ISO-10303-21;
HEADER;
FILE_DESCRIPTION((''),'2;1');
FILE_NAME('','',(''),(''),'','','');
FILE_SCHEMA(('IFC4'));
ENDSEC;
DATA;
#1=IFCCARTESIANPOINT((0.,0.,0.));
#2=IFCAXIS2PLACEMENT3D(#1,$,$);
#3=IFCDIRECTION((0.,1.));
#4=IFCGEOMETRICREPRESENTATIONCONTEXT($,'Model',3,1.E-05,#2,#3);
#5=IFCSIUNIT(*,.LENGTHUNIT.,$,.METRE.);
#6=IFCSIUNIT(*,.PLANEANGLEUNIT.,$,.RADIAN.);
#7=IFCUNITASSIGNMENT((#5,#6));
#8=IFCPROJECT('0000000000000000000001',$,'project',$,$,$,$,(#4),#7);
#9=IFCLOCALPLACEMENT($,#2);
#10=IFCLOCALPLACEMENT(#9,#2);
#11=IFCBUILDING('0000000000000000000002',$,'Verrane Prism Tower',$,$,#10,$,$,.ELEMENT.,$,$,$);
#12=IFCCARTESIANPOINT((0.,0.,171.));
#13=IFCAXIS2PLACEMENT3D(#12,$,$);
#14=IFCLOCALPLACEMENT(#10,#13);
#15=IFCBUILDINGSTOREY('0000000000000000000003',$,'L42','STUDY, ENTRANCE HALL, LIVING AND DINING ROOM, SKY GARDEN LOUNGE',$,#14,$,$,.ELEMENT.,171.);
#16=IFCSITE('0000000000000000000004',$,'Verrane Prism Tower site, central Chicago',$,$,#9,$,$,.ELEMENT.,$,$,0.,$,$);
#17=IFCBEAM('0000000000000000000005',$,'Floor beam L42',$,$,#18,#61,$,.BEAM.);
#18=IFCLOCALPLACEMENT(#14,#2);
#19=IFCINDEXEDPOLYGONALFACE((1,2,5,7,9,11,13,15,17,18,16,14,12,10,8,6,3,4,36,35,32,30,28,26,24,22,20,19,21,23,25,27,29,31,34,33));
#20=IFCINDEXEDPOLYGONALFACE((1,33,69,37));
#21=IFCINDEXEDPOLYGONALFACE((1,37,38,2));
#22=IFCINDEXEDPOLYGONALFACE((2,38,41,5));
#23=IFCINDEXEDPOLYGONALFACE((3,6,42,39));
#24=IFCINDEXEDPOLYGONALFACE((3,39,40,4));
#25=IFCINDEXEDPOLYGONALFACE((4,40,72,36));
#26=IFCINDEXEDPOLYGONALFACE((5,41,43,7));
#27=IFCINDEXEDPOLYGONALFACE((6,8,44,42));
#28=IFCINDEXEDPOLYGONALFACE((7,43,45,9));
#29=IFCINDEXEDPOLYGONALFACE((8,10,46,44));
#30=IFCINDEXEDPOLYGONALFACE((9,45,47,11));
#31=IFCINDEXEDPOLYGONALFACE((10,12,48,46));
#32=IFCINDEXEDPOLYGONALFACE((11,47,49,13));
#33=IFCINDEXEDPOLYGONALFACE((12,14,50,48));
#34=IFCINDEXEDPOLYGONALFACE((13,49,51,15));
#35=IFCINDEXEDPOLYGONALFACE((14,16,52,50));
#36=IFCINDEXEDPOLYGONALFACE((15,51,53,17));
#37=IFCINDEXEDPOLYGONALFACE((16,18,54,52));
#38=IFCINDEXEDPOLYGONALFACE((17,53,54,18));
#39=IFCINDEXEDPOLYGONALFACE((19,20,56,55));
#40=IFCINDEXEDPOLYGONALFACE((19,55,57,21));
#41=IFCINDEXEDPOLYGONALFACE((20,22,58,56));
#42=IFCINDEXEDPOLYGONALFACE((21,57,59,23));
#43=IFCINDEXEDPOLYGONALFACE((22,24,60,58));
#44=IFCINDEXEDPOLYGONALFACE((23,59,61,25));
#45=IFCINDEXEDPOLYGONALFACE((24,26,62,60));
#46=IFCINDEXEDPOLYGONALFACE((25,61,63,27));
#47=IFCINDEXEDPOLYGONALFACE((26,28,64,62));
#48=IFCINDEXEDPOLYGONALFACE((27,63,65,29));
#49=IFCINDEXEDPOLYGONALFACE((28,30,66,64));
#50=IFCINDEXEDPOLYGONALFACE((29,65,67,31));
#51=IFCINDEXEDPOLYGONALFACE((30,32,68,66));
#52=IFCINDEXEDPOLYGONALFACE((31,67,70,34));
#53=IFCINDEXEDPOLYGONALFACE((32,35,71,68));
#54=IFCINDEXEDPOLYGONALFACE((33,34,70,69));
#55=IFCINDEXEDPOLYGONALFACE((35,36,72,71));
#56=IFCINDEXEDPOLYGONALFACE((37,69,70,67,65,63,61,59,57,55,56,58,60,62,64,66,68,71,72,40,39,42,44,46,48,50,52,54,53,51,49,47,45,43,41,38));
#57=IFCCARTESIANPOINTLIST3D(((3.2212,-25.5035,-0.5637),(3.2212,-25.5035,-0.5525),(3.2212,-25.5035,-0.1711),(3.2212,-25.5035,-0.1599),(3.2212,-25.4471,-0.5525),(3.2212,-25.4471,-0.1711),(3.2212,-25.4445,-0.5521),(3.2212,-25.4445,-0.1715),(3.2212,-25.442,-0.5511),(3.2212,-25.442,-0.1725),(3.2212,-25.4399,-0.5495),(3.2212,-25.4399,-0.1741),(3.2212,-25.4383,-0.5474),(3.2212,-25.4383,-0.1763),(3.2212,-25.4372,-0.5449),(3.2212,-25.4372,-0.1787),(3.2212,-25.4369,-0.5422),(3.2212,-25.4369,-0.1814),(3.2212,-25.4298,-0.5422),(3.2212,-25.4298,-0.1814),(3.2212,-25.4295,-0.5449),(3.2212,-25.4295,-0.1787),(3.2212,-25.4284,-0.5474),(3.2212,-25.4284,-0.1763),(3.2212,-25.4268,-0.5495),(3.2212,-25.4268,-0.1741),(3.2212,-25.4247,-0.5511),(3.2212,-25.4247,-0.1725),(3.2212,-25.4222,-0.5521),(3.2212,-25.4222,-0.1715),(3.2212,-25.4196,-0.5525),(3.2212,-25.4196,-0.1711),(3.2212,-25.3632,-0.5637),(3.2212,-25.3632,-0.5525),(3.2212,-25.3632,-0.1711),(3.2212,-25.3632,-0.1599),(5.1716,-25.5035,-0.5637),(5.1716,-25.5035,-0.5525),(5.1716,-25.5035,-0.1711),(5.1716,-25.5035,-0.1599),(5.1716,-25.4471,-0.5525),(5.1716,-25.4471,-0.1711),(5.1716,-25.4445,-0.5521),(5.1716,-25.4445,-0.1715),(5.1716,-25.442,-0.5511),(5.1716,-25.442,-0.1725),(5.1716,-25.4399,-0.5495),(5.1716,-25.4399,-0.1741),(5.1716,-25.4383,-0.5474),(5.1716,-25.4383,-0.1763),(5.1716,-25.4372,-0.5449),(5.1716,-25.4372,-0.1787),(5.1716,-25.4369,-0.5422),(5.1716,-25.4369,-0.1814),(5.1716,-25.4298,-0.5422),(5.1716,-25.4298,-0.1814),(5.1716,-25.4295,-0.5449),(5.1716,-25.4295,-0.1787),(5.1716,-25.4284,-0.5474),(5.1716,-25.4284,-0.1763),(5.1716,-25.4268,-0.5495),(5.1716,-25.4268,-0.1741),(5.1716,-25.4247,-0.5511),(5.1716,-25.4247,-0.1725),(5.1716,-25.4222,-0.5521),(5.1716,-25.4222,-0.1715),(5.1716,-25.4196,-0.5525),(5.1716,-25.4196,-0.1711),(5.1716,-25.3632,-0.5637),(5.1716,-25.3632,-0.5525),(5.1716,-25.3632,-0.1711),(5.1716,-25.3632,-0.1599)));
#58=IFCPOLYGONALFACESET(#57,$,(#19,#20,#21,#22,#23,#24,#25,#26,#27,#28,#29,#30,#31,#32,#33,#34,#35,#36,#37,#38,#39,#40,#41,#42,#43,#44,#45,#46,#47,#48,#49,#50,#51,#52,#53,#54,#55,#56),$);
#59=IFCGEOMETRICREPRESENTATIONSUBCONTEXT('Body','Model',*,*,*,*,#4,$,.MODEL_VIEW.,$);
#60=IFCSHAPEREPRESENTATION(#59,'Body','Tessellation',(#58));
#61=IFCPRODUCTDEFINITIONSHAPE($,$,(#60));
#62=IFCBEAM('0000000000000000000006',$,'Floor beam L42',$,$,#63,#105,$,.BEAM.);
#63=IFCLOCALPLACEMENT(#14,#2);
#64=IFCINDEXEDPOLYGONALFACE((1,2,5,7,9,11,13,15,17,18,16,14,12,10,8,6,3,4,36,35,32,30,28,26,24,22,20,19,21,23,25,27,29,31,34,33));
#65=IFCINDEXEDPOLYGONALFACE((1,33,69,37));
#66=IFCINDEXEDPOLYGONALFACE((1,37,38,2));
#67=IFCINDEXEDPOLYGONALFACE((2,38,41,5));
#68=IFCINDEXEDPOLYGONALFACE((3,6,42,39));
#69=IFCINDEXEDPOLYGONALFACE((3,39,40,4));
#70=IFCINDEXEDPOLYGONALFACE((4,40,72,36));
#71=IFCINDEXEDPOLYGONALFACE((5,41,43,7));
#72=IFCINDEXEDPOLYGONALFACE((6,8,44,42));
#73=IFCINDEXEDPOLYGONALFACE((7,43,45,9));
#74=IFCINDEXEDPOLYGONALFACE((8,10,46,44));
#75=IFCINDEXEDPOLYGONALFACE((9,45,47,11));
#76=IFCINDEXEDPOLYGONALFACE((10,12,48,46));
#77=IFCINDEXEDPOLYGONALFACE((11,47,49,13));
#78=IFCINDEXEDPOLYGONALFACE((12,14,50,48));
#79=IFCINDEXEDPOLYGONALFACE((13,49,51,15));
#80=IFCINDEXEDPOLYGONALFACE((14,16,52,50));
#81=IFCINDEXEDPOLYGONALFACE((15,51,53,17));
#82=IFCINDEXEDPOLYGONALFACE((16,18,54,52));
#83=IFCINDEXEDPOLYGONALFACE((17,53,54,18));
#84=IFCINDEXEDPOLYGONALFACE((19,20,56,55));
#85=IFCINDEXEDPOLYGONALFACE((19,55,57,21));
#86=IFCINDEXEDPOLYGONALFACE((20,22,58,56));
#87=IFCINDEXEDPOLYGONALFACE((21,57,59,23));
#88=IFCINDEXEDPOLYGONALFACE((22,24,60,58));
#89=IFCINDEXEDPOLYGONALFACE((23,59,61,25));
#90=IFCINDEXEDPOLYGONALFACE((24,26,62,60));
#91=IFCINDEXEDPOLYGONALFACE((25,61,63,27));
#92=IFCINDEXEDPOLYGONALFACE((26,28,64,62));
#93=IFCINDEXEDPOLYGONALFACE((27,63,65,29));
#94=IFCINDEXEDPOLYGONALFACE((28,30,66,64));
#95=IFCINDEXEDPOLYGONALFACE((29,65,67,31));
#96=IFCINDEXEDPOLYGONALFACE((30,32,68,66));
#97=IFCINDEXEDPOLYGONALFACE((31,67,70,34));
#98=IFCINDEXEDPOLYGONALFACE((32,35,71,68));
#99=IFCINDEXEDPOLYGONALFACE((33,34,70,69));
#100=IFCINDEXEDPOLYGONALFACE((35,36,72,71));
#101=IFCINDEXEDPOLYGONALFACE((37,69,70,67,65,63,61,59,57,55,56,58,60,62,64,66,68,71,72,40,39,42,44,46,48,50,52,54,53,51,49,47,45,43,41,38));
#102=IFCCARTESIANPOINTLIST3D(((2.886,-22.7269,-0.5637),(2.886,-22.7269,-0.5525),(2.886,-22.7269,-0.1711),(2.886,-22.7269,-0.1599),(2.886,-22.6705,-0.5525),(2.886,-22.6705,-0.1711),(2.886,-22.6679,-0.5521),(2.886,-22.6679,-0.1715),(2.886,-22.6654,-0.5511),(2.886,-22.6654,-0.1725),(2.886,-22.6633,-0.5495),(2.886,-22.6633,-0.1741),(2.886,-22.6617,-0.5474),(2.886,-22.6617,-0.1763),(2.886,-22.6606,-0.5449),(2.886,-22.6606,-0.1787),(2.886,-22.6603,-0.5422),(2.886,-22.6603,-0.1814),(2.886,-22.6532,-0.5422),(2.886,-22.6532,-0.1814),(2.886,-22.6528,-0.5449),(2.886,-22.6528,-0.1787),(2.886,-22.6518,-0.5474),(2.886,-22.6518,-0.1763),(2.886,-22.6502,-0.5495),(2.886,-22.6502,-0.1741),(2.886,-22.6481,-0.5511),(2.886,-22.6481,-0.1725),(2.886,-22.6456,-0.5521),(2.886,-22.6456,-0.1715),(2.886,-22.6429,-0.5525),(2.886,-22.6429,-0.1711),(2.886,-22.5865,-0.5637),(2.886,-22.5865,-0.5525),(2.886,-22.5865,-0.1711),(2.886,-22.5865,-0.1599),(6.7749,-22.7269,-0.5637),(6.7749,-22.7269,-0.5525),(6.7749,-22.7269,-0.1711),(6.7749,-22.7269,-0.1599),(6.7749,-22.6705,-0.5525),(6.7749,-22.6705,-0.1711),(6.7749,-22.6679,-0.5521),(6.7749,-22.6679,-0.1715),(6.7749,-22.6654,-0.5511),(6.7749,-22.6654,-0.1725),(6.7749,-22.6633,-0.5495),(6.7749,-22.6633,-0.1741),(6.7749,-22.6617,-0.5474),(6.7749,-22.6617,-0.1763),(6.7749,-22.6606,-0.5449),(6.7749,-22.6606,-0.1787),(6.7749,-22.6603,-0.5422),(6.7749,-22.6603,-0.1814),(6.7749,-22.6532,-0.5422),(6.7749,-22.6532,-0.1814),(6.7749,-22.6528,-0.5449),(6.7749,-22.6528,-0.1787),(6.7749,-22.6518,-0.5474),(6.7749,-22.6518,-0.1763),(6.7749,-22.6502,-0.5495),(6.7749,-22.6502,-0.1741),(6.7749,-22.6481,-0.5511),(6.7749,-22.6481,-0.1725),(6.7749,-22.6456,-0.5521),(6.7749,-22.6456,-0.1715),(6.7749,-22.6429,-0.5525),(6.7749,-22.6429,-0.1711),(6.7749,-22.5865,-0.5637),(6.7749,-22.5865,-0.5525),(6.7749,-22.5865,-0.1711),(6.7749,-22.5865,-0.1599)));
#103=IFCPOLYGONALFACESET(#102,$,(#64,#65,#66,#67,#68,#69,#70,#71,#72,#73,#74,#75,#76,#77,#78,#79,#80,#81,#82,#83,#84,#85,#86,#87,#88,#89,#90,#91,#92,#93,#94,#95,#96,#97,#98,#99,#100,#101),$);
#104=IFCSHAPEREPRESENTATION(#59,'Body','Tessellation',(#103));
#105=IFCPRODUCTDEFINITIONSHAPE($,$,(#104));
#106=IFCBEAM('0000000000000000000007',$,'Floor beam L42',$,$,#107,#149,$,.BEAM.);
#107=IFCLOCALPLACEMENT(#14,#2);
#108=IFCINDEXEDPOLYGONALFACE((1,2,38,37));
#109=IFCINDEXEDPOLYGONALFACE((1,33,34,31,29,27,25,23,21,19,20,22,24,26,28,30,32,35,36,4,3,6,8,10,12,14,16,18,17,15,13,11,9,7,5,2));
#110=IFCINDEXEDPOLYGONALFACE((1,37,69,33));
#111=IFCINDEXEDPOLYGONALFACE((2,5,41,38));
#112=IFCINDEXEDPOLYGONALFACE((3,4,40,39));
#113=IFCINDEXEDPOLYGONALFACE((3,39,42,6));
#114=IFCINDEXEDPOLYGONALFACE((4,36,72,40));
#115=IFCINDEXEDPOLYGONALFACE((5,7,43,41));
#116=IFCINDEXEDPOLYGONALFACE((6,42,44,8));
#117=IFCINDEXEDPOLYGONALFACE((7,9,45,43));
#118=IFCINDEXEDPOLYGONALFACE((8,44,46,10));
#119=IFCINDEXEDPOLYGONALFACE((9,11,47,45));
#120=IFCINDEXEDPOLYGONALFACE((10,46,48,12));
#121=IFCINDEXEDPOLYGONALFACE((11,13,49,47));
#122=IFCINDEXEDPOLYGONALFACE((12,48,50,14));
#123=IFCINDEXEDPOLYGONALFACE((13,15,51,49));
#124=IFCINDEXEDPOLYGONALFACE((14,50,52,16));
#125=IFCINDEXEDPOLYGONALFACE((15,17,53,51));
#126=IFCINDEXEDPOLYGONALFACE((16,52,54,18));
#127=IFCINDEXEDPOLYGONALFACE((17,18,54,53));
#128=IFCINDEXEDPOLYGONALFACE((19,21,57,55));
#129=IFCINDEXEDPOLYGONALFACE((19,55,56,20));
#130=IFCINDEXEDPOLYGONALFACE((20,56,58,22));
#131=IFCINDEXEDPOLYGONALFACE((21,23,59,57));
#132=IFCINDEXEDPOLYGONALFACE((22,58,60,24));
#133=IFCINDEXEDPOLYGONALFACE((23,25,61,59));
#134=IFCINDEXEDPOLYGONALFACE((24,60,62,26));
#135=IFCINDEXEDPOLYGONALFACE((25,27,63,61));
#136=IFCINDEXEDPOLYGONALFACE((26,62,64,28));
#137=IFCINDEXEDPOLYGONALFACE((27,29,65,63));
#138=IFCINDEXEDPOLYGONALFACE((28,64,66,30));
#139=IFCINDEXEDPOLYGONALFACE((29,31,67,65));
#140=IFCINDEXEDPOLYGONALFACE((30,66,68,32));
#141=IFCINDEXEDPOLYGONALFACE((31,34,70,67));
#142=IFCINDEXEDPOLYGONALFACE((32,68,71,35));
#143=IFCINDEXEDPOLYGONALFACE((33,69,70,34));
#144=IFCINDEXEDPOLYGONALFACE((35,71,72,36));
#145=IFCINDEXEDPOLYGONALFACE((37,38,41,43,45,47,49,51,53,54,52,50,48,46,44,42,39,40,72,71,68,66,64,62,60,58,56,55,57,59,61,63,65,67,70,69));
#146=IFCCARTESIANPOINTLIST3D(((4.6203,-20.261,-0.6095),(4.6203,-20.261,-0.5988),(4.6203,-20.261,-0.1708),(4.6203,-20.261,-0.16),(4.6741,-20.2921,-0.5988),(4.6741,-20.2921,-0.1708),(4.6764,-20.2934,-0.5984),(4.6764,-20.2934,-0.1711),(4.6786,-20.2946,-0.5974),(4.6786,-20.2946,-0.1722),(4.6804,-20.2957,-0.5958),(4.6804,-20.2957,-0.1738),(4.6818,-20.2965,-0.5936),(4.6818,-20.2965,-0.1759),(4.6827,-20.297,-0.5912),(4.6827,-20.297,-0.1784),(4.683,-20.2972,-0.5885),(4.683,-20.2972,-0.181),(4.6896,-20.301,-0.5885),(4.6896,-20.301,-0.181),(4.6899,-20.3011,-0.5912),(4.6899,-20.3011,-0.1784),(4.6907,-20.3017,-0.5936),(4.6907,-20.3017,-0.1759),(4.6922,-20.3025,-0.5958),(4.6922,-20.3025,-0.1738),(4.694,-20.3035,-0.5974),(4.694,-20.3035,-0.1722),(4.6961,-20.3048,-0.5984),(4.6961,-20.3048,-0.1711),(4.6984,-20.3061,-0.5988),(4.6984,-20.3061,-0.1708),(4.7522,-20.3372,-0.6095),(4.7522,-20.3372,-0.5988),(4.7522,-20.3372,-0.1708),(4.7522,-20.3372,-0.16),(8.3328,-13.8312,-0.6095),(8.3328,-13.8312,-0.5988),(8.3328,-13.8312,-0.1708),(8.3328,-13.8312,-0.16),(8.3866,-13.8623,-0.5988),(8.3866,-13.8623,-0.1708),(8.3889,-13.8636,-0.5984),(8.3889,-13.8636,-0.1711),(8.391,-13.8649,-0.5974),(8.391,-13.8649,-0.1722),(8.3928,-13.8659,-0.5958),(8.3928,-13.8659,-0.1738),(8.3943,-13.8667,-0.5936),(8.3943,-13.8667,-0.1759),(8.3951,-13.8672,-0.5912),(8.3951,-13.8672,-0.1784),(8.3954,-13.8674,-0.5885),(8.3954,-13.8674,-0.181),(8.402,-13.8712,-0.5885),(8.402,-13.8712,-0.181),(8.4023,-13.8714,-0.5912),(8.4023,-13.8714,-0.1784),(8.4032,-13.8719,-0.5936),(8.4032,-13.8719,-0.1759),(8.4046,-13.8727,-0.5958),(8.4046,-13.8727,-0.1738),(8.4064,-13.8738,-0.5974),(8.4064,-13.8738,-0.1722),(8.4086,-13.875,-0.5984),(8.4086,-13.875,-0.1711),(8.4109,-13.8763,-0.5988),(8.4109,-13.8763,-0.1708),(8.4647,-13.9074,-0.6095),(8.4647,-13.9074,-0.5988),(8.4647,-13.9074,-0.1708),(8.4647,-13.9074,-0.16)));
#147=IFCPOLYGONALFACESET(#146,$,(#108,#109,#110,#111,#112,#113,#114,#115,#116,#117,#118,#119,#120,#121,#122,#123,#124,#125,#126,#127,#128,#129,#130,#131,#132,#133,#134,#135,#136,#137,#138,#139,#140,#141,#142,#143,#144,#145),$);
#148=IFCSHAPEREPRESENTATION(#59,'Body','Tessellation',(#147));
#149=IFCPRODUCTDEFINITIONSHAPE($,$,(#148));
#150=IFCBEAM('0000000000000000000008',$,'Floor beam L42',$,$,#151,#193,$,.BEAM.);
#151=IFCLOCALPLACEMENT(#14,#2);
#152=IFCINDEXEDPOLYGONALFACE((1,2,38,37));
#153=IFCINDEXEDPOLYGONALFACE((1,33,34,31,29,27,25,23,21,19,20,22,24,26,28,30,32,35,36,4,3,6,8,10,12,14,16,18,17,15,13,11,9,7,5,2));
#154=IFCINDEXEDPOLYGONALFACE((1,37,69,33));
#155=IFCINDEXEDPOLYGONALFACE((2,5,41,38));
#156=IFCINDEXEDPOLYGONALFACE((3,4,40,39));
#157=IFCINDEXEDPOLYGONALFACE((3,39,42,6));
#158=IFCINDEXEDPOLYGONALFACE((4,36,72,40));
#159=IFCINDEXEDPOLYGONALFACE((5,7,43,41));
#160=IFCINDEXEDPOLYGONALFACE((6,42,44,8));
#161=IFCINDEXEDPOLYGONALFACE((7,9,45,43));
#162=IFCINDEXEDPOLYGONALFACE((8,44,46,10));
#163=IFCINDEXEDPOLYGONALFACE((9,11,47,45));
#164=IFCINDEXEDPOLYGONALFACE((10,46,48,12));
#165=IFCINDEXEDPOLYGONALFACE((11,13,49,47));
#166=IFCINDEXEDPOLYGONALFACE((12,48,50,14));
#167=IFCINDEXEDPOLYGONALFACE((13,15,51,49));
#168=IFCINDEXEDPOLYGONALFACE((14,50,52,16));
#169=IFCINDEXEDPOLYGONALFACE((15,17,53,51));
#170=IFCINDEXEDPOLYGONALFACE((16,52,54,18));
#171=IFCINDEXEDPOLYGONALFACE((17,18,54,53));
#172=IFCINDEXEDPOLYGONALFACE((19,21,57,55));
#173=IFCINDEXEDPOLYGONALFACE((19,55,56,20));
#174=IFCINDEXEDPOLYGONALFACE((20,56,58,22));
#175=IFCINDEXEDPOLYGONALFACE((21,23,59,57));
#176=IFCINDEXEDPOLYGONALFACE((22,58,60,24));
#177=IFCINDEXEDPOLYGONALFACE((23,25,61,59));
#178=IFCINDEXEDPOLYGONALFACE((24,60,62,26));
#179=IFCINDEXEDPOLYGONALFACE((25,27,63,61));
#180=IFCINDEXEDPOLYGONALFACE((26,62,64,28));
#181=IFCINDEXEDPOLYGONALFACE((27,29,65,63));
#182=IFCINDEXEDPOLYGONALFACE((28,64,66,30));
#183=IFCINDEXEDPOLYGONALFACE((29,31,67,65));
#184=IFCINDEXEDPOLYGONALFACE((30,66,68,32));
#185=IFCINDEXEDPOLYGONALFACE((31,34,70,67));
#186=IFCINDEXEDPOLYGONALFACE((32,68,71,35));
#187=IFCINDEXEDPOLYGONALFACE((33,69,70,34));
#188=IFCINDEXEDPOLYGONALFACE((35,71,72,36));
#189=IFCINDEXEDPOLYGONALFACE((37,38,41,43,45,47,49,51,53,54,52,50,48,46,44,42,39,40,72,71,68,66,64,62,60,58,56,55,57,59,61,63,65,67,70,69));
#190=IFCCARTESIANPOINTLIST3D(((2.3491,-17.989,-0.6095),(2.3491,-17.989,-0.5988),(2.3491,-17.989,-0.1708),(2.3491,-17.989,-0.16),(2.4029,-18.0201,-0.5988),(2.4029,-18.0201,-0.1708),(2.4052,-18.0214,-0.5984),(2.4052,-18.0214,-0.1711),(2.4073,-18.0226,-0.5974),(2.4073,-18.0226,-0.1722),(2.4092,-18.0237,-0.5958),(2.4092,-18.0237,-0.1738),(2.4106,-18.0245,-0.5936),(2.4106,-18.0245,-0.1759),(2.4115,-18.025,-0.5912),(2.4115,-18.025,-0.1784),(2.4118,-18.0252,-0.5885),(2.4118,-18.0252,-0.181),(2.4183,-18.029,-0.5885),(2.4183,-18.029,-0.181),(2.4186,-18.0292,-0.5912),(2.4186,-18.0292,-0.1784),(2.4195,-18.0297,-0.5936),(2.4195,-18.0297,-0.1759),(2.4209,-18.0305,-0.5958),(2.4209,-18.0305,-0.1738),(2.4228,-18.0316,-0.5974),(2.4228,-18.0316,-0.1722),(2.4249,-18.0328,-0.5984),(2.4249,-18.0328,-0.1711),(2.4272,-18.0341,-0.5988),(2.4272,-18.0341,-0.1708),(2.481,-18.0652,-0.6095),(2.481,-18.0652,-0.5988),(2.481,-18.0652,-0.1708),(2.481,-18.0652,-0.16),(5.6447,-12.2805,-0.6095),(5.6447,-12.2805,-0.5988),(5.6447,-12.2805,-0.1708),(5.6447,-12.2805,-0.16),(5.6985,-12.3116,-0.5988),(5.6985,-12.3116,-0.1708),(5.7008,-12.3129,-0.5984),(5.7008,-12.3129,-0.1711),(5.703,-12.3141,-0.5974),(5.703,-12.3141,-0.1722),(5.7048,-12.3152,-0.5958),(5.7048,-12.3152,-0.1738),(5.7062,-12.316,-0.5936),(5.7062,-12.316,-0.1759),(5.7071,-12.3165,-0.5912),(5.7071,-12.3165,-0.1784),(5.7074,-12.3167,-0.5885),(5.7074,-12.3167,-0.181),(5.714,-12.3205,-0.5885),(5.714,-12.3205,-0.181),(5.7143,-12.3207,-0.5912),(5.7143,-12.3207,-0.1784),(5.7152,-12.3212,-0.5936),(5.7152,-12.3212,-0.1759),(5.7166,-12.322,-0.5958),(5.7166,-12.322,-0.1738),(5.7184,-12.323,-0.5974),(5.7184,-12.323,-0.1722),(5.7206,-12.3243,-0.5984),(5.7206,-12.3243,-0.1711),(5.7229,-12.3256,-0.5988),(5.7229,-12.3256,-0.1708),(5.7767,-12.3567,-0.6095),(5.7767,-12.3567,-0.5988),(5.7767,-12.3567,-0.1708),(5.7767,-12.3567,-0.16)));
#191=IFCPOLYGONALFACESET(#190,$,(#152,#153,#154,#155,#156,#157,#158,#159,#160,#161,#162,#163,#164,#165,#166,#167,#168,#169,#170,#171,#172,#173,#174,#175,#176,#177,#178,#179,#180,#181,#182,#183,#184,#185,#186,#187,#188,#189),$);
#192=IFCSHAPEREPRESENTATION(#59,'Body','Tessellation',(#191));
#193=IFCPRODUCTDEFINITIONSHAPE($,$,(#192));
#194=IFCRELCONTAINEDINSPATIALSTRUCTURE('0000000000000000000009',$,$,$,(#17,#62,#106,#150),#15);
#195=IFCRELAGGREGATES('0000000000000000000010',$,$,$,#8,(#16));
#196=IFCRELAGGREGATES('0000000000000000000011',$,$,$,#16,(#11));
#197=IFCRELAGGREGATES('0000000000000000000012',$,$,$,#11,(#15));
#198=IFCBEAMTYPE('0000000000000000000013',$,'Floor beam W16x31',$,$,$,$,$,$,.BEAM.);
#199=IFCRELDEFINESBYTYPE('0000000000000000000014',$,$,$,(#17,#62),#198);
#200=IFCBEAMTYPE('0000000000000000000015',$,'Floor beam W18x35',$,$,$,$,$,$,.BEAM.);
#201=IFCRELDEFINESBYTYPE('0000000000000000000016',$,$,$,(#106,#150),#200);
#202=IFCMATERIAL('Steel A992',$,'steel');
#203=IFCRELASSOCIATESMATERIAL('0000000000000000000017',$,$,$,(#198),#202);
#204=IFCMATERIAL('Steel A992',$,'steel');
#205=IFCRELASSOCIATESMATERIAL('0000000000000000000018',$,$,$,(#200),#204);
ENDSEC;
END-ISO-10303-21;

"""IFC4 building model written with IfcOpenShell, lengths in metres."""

from ifc_helpers import new_model, si_unit, direction, frame, origin, origin_2d, place, context, subcontext, project, spatial, i_section, extrude, material, material_profile, profile_set, type_object, element, save


model = new_model("IFC4")

# Units and contexts
model_context = context("Model", 3, precision=1e-05, world=origin(), true_north=direction((0.0, 1.0)))
body_context = subcontext(model_context, "Body", "Model", "MODEL_VIEW")
ifc_project = project(units=[si_unit("LENGTHUNIT", "METRE"), si_unit("PLANEANGLEUNIT", "RADIAN")], contexts=[model_context])

# Site, building, storey
site_placement = place(None, origin())
site = spatial("IfcSite", under=ifc_project, at=site_placement, Name="Verrane Prism Tower site, central Chicago", CompositionType="ELEMENT", RefElevation=0.0)
building_placement = place(site_placement, origin())
building = spatial("IfcBuilding", under=site, at=building_placement, Name="Verrane Prism Tower", CompositionType="ELEMENT")
storey_placement = place(building_placement, frame((0.0, 0.0, 171.0)))
storey = spatial("IfcBuildingStorey", under=building, at=storey_placement, Name="L42", Description="STUDY, ENTRANCE HALL, LIVING AND DINING ROOM, SKY GARDEN LOUNGE", CompositionType="ELEMENT", Elevation=171.0)

# Beams
ifc_material_1 = material(Name="Steel A992", Category="steel")
ifc_material_profile_1 = material_profile(ifc_material_1, i_section(OverallWidth=0.1404, OverallDepth=0.4038, WebThickness=0.0071, FlangeThickness=0.0112, FilletRadius=0.0103, at=origin_2d()), Name="W16x31")
ifc_profile_set_1 = profile_set([ifc_material_profile_1], Name="Steel A992")
beam_type_1 = type_object("IfcBeamType", Name="Floor beam W16x31", PredefinedType="BEAM", material=ifc_profile_set_1)
beam_1_placement = place(storey_placement, frame((3.2212, -25.4333, -0.3618), z_axis=(1.0, 0.0, 0.0), x_axis=(0.0, 1.0, 0.0)))
element("IfcBeam", 1, at=beam_1_placement, inside=storey, type_object=beam_type_1, Name="Floor beam L42", PredefinedType="BEAM", context=body_context, shape_type="SweptSolid", body=[
    extrude(i_section(OverallWidth=0.1404, OverallDepth=0.4038, WebThickness=0.0071, FlangeThickness=0.0112, FilletRadius=0.0103, at=origin_2d()), origin(), (0.0, 0.0, 1.0), 1.9504),
])
beam_2_placement = place(storey_placement, frame((2.886, -22.6567, -0.3618), z_axis=(1.0, 0.0, 0.0), x_axis=(0.0, 1.0, 0.0)))
element("IfcBeam", 2, at=beam_2_placement, inside=storey, type_object=beam_type_1, Name="Floor beam L42", PredefinedType="BEAM", context=body_context, shape_type="SweptSolid", body=[
    extrude(i_section(OverallWidth=0.1404, OverallDepth=0.4038, WebThickness=0.0071, FlangeThickness=0.0112, FilletRadius=0.0103, at=origin_2d()), origin(), (0.0, 0.0, 1.0), 3.8889),
])
ifc_material_2 = material(Name="Steel A992", Category="steel")
ifc_material_profile_2 = material_profile(ifc_material_2, i_section(OverallWidth=0.1523, OverallDepth=0.4495, WebThickness=0.0076, FlangeThickness=0.0107, FilletRadius=0.0103, at=origin_2d()), Name="W18x35")
ifc_profile_set_2 = profile_set([ifc_material_profile_2], Name="Steel A992")
beam_type_2 = type_object("IfcBeamType", Name="Floor beam W18x35", PredefinedType="BEAM", material=ifc_profile_set_2)
beam_3_placement = place(storey_placement, frame((4.6863, -20.2991, -0.3848), z_axis=(0.500022, 0.866013, 0.0), x_axis=(-0.866013, 0.500022, 0.0)))
element("IfcBeam", 3, at=beam_3_placement, inside=storey, type_object=beam_type_2, Name="Floor beam L42", PredefinedType="BEAM", context=body_context, shape_type="SweptSolid", body=[
    extrude(i_section(OverallWidth=0.1523, OverallDepth=0.4495, WebThickness=0.0076, FlangeThickness=0.0107, FilletRadius=0.0103, at=origin_2d()), origin(), (0.0, 0.0, 1.0), 7.4246),
])
beam_4_placement = place(storey_placement, frame((2.415, -18.0271, -0.3848), z_axis=(0.499983, 0.866035, 0.0), x_axis=(-0.866035, 0.499983, 0.0)))
element("IfcBeam", 4, at=beam_4_placement, inside=storey, type_object=beam_type_2, Name="Floor beam L42", PredefinedType="BEAM", context=body_context, shape_type="SweptSolid", body=[
    extrude(i_section(OverallWidth=0.1523, OverallDepth=0.4495, WebThickness=0.0076, FlangeThickness=0.0107, FilletRadius=0.0103, at=origin_2d()), origin(), (0.0, 0.0, 1.0), 6.5916),
])

save(model, "model.ifc")
